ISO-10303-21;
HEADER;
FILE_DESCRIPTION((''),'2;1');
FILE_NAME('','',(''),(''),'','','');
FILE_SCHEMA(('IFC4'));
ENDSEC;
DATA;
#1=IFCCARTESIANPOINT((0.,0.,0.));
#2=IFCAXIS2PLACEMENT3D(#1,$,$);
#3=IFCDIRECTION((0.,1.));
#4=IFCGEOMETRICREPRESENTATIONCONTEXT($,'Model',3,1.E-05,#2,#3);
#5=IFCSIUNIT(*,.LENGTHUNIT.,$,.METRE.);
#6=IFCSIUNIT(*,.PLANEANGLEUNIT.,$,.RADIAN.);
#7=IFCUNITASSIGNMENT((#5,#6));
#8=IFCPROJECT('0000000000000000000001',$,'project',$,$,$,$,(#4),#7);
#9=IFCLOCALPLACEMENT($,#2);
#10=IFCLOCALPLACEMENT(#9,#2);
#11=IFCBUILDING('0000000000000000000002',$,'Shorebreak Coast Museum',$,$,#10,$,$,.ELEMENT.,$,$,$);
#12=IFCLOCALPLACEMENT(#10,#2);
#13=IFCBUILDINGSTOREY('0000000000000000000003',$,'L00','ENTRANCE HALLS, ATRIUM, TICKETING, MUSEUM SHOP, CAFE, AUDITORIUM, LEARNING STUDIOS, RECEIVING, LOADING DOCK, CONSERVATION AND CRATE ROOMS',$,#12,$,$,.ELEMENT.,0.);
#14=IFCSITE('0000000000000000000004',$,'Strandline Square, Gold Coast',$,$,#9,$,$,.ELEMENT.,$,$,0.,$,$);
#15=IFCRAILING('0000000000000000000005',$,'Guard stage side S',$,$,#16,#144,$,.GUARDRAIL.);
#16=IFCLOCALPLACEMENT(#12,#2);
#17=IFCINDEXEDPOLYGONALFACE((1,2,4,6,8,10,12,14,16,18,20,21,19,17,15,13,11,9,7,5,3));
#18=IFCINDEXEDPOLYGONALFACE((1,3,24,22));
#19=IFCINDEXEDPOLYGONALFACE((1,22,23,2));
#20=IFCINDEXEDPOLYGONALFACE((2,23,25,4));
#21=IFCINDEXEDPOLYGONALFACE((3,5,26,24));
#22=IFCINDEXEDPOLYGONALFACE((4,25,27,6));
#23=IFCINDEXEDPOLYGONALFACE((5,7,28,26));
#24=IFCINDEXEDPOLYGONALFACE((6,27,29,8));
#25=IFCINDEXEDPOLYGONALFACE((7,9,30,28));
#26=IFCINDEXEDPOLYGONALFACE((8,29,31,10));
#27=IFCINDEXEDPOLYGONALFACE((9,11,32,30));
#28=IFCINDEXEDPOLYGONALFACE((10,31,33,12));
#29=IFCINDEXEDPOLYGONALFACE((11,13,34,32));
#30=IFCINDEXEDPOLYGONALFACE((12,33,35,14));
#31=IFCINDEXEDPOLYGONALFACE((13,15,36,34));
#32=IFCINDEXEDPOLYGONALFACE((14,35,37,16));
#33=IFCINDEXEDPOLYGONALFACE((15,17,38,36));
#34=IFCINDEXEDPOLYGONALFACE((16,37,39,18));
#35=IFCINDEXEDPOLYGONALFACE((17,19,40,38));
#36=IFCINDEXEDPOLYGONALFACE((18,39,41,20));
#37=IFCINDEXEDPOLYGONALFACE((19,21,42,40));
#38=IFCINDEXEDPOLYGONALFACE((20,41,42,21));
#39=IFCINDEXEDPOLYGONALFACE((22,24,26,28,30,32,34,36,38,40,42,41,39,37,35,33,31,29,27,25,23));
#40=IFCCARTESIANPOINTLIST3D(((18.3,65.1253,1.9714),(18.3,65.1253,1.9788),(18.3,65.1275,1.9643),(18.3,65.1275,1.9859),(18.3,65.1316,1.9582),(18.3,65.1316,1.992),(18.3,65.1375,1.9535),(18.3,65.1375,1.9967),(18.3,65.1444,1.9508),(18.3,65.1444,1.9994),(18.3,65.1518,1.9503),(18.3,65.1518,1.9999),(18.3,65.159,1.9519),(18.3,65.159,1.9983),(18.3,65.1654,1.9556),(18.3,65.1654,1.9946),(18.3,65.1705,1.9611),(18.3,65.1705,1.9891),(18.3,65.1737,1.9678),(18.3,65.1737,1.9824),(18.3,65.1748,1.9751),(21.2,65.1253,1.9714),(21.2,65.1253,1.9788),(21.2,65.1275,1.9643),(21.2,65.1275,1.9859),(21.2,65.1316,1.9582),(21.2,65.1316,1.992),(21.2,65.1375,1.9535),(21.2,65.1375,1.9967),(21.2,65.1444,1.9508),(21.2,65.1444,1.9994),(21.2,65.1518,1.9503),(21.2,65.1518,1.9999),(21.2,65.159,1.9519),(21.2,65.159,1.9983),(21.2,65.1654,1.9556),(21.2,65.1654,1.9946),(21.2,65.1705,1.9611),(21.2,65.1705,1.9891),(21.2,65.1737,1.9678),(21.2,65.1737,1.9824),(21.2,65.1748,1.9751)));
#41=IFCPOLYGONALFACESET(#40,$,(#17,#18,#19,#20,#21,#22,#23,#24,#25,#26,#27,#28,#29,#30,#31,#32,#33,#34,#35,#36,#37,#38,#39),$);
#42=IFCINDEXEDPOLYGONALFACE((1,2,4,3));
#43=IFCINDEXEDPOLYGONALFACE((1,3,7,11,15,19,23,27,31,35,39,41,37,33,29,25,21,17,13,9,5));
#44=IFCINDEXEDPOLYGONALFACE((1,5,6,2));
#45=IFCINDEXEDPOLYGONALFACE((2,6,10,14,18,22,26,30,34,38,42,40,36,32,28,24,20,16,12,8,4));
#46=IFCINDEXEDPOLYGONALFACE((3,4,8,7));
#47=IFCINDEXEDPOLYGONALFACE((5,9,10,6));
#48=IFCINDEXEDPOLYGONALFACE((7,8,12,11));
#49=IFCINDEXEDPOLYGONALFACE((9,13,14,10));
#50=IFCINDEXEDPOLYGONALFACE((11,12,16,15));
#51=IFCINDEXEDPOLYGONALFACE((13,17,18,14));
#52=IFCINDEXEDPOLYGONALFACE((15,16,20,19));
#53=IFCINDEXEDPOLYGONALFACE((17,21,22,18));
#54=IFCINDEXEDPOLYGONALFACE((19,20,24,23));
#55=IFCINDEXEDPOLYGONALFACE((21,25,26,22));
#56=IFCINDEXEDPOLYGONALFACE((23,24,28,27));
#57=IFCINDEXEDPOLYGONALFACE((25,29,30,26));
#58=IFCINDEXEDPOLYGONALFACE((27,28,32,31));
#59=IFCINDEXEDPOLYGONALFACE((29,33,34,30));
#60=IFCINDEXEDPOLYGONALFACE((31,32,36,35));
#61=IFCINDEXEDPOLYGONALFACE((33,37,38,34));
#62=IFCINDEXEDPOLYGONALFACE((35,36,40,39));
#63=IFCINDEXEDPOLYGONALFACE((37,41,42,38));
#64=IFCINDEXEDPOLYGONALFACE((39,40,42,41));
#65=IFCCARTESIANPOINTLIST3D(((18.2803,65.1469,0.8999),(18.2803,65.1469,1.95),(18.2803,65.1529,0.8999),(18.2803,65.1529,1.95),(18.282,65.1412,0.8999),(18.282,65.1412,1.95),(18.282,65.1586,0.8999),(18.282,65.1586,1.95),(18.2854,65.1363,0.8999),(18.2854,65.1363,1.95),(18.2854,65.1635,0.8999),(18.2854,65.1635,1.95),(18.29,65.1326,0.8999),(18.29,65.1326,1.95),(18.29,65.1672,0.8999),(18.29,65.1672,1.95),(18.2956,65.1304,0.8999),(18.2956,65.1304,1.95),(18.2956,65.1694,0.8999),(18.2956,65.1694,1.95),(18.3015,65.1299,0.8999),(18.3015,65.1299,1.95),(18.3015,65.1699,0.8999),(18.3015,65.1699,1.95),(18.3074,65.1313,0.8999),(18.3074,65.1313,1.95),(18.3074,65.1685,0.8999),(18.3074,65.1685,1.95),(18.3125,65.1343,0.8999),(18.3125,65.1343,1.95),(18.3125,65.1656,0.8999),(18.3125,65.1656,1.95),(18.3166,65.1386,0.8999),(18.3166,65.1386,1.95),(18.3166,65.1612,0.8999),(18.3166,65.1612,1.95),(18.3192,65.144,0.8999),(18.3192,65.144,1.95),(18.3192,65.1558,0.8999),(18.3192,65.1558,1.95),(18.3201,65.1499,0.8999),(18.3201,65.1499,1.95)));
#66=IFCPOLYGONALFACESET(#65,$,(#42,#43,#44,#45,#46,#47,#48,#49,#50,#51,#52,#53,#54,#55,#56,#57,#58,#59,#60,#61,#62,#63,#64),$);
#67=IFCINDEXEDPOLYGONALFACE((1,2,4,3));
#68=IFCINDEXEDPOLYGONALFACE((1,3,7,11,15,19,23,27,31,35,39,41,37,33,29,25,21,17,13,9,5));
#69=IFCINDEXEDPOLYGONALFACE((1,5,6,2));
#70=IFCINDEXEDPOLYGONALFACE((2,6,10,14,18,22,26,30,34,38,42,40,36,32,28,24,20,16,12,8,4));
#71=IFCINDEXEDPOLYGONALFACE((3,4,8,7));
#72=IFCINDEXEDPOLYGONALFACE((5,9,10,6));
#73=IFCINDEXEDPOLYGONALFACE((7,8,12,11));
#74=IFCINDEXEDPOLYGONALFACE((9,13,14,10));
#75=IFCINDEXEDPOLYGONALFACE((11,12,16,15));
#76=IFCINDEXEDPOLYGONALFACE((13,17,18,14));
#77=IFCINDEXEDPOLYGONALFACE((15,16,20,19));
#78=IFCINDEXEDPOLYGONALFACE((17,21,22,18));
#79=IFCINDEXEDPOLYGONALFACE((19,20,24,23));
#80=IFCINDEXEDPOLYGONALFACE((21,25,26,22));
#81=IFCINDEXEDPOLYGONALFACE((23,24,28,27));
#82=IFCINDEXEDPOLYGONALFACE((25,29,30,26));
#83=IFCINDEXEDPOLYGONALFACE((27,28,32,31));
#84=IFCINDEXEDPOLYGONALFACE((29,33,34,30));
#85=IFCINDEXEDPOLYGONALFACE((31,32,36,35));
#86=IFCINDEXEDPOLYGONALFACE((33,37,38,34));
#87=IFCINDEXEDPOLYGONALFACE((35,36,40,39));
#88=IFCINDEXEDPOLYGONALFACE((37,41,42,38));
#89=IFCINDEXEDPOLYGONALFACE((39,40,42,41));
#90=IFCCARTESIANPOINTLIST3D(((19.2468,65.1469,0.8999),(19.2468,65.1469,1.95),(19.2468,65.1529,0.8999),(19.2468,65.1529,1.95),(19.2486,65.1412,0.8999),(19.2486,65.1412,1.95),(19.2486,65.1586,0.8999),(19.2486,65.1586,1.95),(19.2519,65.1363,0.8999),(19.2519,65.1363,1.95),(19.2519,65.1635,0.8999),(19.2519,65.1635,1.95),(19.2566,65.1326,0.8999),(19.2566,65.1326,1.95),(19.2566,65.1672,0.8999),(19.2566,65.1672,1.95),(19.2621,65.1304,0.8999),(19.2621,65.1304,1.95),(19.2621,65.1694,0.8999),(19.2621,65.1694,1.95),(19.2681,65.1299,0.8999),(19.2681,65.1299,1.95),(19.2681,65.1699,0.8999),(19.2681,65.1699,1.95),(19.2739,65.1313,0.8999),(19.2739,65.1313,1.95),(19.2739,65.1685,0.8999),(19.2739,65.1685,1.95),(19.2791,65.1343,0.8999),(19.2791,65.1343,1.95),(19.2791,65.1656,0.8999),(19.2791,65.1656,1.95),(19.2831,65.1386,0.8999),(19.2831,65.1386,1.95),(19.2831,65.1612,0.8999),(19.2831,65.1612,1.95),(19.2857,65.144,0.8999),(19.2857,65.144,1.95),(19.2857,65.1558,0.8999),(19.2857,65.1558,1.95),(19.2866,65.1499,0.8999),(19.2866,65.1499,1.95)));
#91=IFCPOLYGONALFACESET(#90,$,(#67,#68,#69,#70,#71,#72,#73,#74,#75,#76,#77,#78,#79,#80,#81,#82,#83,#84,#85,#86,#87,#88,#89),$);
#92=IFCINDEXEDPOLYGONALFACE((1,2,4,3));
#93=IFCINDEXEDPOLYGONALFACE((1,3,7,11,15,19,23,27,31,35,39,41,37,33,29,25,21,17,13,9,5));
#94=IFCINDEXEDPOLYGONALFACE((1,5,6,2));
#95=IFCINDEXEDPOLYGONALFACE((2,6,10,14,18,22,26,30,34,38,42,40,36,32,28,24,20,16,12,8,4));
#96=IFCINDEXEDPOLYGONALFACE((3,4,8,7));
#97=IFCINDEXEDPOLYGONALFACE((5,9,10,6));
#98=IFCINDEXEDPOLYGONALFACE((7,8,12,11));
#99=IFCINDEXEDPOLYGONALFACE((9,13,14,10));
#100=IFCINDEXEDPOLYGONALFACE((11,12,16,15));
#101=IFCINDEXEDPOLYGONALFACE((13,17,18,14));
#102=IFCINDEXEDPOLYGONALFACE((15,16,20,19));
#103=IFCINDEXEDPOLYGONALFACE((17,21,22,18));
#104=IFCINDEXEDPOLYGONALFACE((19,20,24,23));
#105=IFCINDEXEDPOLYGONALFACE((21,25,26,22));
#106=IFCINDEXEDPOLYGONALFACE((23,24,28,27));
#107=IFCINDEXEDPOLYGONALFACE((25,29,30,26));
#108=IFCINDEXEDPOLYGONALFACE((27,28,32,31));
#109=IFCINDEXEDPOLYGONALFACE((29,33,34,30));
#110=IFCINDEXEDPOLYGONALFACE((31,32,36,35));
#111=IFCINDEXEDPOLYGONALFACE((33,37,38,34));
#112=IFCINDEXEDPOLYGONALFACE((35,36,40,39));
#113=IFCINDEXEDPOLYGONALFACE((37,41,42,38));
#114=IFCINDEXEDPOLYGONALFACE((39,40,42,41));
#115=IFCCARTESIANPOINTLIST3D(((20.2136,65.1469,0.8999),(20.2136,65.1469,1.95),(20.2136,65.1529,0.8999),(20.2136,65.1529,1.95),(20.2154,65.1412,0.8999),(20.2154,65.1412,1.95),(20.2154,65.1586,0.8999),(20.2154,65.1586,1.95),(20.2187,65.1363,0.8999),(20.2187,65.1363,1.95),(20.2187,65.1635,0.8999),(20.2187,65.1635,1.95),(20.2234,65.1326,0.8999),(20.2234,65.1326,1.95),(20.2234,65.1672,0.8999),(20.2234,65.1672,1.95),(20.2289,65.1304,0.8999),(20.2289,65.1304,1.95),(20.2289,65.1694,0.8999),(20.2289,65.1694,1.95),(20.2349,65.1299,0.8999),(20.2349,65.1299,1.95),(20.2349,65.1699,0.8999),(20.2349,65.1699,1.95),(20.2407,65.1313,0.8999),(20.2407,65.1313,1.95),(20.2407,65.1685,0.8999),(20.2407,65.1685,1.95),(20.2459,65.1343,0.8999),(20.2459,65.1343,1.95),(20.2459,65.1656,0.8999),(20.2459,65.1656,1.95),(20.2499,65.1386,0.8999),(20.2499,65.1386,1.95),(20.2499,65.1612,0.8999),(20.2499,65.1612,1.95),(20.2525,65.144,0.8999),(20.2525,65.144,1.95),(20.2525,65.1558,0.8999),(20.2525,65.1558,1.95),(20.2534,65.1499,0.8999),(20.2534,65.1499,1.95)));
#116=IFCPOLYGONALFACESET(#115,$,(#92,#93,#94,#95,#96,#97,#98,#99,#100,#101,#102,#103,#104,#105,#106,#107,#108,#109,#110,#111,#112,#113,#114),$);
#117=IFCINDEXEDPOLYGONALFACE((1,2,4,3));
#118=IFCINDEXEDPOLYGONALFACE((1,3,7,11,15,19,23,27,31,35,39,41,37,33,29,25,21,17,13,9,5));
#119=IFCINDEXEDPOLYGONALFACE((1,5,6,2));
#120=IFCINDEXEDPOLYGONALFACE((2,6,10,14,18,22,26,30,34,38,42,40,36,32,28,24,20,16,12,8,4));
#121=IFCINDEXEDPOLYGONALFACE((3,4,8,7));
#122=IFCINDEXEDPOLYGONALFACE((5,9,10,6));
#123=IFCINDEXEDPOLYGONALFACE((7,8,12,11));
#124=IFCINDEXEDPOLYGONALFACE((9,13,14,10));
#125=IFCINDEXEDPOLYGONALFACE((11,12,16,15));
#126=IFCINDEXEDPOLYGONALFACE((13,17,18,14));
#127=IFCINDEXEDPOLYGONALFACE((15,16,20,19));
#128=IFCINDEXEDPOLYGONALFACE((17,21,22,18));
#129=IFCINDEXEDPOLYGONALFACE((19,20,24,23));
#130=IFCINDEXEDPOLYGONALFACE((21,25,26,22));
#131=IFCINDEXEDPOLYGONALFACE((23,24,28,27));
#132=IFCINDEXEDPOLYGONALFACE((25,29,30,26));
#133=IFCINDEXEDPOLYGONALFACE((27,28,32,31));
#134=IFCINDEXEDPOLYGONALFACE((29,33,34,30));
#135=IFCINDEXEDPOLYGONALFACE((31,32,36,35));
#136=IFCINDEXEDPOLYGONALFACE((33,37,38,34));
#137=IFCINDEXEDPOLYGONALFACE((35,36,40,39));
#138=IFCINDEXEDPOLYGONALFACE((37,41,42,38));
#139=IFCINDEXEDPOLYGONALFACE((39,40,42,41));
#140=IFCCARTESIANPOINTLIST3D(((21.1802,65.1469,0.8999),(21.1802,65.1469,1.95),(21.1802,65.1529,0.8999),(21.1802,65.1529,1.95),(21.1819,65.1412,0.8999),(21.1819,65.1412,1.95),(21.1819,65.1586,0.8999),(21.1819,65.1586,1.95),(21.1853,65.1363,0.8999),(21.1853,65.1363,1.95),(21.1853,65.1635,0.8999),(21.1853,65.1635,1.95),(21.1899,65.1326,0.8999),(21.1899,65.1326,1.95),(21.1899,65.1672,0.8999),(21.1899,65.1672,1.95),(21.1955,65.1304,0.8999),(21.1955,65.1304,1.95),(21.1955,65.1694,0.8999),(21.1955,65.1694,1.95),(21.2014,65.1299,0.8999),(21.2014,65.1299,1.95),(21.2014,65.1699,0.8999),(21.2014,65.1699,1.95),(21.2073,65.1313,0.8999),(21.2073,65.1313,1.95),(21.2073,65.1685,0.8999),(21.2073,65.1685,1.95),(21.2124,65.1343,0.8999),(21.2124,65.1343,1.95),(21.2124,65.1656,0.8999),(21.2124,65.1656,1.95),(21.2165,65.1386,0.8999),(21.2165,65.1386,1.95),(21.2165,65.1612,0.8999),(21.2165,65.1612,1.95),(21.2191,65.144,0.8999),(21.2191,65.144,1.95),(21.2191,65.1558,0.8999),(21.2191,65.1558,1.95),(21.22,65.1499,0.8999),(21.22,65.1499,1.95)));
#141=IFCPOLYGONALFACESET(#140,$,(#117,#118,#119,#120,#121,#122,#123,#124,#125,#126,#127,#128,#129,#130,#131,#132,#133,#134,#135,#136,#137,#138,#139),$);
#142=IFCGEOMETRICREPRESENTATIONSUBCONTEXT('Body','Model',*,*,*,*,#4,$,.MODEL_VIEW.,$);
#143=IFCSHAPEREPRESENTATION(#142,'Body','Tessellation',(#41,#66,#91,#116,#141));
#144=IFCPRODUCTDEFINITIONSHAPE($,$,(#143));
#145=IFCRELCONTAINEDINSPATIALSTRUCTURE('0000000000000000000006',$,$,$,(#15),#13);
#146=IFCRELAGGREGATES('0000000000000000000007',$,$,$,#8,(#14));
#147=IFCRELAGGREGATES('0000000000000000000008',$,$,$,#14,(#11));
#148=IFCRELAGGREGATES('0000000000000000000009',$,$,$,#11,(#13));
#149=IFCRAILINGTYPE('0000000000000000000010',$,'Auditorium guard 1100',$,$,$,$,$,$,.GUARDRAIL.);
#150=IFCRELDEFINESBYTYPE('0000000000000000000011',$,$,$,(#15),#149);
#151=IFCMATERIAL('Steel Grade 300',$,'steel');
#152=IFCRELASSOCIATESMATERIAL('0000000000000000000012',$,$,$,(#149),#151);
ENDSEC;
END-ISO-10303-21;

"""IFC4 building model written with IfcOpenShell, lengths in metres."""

from ifc_helpers import new_model, si_unit, direction, frame, origin, origin_2d, place, context, subcontext, project, spatial, circle, extrude, material, type_object, element, save


model = new_model("IFC4")

# Units and contexts
model_context = context("Model", 3, precision=1e-05, world=origin(), true_north=direction((0.0, 1.0)))
body_context = subcontext(model_context, "Body", "Model", "MODEL_VIEW")
ifc_project = project(units=[si_unit("LENGTHUNIT", "METRE"), si_unit("PLANEANGLEUNIT", "RADIAN")], contexts=[model_context])

# Site, building, storey
site_placement = place(None, origin())
site = spatial("IfcSite", under=ifc_project, at=site_placement, Name="Strandline Square, Gold Coast", CompositionType="ELEMENT", RefElevation=0.0)
building_placement = place(site_placement, origin())
building = spatial("IfcBuilding", under=site, at=building_placement, Name="Shorebreak Coast Museum", CompositionType="ELEMENT")
storey_placement = place(building_placement, origin())
storey = spatial("IfcBuildingStorey", under=building, at=storey_placement, Name="L00", Description="ENTRANCE HALLS, ATRIUM, TICKETING, MUSEUM SHOP, CAFE, AUDITORIUM, LEARNING STUDIOS, RECEIVING, LOADING DOCK, CONSERVATION AND CRATE ROOMS", CompositionType="ELEMENT", Elevation=0.0)

# Railing
ifc_material_1 = material(Name="Steel Grade 300", Category="steel")
railing_type_1 = type_object("IfcRailingType", Name="Auditorium guard 1100", PredefinedType="GUARDRAIL", material=ifc_material_1)
railing_1_placement = place(storey_placement, frame((18.3, 65.1499, 0.8999)))
element("IfcRailing", 1, at=railing_1_placement, inside=storey, type_object=railing_type_1, Name="Guard stage side S", PredefinedType="GUARDRAIL", context=body_context, shape_type="SweptSolid", body=[
    extrude(circle(Radius=0.0249, at=origin_2d()), frame((0.0, 0.0, 1.0752), z_axis=(1.0, 0.0, 0.0), x_axis=(0.0, 1.0, 0.0)), (0.0, 0.0, 1.0), 2.8999),
    extrude(circle(Radius=0.02, at=origin_2d()), origin(), (0.0, 0.0, 1.0), 1.05),
    extrude(circle(Radius=0.02, at=origin_2d()), frame((0.9666, 0.0, 0.0)), (0.0, 0.0, 1.0), 1.05),
    extrude(circle(Radius=0.02, at=origin_2d()), frame((1.9333, 0.0, 0.0)), (0.0, 0.0, 1.0), 1.05),
    extrude(circle(Radius=0.02, at=origin_2d()), frame((2.8999, 0.0, 0.0)), (0.0, 0.0, 1.0), 1.05),
])

save(model, "model.ifc")
